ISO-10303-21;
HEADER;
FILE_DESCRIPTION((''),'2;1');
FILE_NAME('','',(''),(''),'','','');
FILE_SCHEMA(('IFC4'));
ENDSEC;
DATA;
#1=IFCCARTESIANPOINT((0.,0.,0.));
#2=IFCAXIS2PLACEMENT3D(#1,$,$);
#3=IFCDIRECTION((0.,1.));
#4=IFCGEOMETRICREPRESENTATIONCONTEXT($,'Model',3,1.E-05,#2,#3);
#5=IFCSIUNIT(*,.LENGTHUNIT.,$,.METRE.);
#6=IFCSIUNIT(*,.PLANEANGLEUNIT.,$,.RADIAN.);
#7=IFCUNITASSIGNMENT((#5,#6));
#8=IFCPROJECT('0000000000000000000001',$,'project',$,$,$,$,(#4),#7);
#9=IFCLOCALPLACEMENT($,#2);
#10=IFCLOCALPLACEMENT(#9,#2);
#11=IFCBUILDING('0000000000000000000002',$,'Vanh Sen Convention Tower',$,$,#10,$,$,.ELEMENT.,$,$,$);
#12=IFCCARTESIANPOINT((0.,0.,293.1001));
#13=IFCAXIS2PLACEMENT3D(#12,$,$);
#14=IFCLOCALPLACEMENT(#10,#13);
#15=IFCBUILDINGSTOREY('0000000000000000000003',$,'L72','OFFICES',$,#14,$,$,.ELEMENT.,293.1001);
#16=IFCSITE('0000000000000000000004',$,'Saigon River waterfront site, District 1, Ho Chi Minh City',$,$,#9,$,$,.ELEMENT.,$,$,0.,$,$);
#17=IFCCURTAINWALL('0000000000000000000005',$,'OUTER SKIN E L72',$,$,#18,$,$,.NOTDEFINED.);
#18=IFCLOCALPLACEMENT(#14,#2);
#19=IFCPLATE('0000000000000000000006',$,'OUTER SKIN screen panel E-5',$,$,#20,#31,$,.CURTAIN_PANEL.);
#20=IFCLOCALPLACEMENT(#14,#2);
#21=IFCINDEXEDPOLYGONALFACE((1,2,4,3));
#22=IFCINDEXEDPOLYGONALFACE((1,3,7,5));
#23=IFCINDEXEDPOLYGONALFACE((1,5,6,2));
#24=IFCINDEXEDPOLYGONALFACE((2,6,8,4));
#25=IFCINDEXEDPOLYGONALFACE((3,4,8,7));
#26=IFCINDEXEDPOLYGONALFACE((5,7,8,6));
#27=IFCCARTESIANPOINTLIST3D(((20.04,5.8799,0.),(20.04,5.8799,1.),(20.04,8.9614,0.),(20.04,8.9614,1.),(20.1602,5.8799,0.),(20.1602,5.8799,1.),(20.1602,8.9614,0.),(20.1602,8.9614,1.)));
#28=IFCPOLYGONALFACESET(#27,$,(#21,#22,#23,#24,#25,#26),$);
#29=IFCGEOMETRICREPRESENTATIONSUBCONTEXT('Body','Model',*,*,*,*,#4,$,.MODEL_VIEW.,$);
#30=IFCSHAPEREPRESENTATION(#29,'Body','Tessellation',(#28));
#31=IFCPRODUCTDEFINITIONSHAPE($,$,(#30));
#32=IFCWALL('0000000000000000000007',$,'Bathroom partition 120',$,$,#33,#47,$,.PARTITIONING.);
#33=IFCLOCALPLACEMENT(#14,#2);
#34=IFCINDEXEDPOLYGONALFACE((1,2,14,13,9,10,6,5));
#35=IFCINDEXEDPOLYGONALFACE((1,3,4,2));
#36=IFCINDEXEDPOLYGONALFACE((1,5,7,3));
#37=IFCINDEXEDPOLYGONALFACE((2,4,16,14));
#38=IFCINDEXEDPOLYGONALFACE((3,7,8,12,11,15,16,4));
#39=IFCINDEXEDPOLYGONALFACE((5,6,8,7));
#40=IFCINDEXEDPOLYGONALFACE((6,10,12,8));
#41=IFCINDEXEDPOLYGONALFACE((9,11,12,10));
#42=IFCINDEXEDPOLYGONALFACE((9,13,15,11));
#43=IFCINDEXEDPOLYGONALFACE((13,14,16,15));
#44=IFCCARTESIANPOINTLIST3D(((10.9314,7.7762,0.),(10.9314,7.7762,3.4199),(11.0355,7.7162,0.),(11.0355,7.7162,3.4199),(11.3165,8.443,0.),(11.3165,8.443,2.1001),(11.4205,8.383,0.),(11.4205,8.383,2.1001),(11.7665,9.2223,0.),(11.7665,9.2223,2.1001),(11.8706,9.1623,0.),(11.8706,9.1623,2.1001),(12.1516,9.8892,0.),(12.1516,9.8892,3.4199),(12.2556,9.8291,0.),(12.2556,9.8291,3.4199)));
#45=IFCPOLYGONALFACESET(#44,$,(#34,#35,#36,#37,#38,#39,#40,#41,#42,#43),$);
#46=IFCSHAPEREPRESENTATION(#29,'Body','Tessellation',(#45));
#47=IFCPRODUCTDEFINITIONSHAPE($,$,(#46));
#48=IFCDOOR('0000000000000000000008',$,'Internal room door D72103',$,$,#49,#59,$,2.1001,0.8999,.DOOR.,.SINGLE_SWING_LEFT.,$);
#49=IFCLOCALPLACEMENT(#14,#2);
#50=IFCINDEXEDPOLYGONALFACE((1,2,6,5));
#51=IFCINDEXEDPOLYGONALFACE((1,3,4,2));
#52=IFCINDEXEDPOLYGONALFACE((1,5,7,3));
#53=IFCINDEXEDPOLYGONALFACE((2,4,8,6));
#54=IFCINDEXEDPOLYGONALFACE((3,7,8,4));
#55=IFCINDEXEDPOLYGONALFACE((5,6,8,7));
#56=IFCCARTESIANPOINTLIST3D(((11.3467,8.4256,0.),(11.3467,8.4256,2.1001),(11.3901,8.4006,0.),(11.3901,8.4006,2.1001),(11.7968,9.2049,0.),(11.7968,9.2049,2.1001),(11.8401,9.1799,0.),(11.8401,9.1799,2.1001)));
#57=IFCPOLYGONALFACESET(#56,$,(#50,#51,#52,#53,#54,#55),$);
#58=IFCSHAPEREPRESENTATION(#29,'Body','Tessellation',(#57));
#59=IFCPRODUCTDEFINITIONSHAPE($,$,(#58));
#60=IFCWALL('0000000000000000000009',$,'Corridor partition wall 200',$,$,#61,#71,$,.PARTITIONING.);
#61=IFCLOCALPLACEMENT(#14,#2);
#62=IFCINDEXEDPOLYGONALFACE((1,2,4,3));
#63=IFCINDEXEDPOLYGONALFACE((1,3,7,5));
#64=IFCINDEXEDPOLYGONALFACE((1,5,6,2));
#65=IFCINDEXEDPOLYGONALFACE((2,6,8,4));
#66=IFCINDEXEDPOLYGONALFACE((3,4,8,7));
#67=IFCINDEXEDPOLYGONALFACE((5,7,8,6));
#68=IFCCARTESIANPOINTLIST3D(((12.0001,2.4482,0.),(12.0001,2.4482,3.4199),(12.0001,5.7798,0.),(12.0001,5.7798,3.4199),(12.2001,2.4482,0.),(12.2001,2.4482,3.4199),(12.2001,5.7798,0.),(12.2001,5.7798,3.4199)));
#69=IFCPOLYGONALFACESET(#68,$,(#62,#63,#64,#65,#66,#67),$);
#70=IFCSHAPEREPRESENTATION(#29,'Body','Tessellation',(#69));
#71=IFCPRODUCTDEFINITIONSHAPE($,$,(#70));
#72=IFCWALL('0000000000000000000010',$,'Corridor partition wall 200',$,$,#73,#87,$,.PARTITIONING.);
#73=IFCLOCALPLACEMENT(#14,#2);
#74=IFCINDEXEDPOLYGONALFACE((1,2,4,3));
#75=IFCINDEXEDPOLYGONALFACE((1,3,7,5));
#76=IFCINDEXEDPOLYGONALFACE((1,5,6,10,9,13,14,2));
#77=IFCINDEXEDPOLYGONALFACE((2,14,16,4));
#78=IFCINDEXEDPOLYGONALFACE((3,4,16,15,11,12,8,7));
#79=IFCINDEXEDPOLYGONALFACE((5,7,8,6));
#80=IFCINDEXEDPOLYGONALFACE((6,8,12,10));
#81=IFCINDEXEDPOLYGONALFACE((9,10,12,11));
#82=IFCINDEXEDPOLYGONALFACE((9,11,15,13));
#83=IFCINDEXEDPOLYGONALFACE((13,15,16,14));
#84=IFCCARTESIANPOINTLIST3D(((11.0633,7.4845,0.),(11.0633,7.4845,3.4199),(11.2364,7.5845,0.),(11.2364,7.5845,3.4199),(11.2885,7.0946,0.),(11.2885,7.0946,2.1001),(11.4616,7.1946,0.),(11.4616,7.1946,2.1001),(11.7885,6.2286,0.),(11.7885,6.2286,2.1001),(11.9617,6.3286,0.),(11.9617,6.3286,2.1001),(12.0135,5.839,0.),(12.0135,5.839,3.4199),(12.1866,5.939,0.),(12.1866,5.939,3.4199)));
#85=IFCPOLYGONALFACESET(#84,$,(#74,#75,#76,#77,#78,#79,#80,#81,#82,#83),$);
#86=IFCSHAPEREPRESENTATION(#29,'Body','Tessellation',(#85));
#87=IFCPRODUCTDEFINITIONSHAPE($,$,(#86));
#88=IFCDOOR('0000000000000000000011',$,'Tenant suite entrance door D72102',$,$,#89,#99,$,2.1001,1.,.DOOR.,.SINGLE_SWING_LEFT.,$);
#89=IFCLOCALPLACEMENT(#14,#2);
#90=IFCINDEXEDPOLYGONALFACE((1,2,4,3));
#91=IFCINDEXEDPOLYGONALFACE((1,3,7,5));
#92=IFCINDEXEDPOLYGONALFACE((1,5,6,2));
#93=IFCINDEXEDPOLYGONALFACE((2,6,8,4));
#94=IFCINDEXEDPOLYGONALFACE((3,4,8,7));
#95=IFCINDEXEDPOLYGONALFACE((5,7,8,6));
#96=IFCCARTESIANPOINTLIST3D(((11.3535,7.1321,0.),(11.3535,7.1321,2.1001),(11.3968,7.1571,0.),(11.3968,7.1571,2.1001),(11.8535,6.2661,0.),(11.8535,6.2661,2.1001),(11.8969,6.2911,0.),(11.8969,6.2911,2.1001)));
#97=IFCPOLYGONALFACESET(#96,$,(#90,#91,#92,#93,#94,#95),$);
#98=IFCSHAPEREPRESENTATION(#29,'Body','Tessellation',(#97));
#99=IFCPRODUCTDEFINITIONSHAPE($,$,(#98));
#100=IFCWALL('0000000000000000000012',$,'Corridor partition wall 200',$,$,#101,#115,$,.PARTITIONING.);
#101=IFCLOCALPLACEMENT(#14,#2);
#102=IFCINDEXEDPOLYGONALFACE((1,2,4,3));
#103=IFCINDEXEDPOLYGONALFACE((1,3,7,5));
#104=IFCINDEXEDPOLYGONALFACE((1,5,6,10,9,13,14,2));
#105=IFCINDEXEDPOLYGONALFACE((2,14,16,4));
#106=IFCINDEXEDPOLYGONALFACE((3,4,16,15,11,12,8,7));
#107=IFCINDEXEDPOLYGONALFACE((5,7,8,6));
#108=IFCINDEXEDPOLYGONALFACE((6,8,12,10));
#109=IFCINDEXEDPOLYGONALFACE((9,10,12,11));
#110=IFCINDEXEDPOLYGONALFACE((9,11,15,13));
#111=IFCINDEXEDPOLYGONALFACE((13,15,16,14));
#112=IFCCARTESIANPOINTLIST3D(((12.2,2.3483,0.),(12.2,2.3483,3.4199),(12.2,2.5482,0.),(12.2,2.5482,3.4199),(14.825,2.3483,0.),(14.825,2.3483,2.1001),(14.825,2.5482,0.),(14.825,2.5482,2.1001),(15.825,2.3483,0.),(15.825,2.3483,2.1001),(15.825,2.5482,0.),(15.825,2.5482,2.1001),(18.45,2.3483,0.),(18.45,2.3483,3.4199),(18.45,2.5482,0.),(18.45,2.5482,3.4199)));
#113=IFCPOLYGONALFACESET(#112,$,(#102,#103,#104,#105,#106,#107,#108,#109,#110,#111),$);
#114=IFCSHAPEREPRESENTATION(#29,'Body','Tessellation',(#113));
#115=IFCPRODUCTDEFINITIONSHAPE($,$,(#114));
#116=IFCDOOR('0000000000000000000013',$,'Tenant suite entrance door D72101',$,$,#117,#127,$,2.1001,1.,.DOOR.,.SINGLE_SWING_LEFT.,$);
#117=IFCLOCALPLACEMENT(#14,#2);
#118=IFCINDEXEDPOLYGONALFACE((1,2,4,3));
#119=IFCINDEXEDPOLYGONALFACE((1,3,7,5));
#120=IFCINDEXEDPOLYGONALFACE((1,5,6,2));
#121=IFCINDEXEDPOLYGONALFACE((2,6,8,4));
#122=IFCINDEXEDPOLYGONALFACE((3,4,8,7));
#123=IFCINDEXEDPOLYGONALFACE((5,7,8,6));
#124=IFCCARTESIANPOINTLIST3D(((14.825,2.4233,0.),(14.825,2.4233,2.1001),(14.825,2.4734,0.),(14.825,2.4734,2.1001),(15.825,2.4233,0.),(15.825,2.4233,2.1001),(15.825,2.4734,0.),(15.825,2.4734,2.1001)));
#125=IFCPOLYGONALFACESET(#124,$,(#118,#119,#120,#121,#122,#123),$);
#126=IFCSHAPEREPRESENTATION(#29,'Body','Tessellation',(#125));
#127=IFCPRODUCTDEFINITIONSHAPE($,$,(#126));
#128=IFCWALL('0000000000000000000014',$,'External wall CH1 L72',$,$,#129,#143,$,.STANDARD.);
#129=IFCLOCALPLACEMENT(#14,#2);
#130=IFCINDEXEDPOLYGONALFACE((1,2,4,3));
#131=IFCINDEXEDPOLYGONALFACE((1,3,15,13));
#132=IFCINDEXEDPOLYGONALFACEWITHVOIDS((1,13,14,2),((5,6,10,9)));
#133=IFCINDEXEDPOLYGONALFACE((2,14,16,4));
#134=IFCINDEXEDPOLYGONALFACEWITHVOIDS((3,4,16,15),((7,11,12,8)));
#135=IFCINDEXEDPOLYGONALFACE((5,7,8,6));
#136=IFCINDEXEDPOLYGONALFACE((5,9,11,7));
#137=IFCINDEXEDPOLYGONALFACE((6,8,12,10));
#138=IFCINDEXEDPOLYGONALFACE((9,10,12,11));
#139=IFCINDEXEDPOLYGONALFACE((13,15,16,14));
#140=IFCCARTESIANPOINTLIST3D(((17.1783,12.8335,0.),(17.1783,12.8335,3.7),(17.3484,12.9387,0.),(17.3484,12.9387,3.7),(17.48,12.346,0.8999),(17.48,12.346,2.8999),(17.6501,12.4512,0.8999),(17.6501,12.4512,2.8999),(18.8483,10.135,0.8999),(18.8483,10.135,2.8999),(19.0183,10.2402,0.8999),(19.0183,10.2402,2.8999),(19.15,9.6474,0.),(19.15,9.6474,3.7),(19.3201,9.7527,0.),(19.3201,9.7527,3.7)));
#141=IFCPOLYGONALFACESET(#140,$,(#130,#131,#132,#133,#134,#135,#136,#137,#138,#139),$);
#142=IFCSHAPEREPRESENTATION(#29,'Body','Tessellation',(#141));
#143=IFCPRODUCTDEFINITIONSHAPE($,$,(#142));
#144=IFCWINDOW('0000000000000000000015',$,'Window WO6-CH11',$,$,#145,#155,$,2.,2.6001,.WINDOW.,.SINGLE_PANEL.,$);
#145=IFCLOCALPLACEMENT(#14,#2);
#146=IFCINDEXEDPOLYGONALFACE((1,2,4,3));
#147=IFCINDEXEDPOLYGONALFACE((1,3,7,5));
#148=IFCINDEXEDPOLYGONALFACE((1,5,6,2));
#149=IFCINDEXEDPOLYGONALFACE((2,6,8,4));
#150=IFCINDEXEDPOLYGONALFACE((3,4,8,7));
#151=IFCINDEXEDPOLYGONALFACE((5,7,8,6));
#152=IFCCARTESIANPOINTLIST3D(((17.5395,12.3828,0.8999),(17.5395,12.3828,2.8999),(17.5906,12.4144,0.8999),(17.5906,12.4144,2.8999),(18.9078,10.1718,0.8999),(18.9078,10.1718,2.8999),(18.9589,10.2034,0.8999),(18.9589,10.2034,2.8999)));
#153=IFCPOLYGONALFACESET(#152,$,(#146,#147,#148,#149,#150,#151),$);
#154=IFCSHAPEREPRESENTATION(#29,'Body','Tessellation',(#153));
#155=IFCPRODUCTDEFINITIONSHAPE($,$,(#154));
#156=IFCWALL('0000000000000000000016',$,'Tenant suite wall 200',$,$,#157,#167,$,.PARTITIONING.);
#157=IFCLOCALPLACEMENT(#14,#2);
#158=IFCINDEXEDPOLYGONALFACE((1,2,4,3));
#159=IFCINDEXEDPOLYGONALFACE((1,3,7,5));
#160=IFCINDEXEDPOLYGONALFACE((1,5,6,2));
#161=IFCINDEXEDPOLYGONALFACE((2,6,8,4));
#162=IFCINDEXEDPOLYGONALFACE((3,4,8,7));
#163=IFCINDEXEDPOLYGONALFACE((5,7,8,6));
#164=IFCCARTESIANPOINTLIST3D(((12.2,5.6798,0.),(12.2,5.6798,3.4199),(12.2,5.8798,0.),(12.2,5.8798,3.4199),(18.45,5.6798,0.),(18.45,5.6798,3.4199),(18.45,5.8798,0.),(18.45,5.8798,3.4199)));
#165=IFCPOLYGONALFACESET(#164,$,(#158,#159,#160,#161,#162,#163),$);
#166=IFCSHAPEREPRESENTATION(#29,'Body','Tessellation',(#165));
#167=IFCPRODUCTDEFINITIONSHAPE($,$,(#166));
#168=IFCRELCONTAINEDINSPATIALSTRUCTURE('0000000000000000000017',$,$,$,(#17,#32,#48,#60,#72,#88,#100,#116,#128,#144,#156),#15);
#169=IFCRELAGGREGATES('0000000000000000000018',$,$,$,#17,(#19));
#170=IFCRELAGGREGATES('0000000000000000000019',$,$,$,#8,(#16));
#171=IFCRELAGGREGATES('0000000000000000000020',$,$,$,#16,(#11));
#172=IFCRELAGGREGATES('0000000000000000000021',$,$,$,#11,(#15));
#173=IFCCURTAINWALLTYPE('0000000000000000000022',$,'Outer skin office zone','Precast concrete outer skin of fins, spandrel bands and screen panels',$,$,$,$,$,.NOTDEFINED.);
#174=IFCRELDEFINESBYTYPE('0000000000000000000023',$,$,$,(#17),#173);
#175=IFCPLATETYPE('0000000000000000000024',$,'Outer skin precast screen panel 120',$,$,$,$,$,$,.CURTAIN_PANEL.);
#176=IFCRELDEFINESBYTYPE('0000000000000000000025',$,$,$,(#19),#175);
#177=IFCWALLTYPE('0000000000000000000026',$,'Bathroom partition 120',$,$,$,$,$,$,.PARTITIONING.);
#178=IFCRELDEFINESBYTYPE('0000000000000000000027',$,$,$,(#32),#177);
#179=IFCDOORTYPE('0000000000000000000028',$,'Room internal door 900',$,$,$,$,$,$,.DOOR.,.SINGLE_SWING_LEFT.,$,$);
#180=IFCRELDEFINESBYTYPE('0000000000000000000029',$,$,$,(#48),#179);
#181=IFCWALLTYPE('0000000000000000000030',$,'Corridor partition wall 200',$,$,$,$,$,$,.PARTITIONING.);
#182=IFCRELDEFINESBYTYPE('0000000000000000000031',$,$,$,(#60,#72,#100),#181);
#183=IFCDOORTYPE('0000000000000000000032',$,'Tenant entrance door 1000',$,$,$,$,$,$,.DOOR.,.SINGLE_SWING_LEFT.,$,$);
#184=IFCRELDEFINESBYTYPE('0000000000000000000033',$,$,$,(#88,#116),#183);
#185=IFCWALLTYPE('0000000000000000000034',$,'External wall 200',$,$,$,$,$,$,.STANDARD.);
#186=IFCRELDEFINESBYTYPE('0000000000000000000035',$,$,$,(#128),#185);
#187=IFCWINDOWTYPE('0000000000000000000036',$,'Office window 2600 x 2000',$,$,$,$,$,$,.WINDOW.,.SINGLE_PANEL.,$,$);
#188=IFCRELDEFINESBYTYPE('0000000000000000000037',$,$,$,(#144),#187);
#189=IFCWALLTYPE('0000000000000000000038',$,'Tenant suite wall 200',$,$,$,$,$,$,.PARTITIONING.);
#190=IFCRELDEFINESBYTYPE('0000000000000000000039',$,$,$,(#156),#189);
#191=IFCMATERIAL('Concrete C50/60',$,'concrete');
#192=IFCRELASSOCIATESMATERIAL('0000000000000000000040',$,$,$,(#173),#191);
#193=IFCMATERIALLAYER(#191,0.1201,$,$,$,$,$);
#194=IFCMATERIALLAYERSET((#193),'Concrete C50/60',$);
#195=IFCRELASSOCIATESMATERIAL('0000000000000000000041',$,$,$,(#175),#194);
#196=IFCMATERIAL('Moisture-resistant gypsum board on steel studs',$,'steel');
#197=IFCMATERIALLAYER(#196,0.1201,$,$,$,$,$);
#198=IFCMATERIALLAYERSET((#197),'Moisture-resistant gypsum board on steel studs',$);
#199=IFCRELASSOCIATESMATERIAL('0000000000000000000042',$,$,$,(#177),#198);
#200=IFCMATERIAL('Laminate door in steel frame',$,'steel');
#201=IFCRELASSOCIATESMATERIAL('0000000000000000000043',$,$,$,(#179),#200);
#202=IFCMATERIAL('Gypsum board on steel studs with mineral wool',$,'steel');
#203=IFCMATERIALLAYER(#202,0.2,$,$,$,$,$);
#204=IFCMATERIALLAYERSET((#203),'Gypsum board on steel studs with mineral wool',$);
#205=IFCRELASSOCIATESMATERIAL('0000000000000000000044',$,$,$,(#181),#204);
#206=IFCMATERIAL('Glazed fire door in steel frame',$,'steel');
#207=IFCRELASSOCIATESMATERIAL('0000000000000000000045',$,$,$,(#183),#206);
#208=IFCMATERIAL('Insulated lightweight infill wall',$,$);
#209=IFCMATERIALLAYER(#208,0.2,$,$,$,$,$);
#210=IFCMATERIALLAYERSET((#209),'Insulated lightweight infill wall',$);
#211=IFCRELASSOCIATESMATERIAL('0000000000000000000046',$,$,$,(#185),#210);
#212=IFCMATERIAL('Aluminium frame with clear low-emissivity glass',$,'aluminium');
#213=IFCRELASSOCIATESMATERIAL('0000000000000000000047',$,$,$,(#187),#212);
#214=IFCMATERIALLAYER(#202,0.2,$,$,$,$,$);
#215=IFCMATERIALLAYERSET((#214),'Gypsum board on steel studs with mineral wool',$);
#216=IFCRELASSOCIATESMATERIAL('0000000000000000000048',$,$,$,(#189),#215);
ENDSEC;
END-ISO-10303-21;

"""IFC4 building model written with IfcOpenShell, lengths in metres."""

from ifc_helpers import new_model, si_unit, direction, frame, frame_2d, origin, origin_2d, place, context, subcontext, project, spatial, rectangle, extrude, material, layer, layer_set, type_object, element, fill, aggregate, save


model = new_model("IFC4")

# Units and contexts
model_context = context("Model", 3, precision=1e-05, world=origin(), true_north=direction((0.0, 1.0)))
body_context = subcontext(model_context, "Body", "Model", "MODEL_VIEW")
ifc_project = project(units=[si_unit("LENGTHUNIT", "METRE"), si_unit("PLANEANGLEUNIT", "RADIAN")], contexts=[model_context])

# Site, building, storey
site_placement = place(None, origin())
site = spatial("IfcSite", under=ifc_project, at=site_placement, Name="Saigon River waterfront site, District 1, Ho Chi Minh City", CompositionType="ELEMENT", RefElevation=0.0)
building_placement = place(site_placement, origin())
building = spatial("IfcBuilding", under=site, at=building_placement, Name="Vanh Sen Convention Tower", CompositionType="ELEMENT")
storey_placement = place(building_placement, frame((0.0, 0.0, 293.1001)))
storey = spatial("IfcBuildingStorey", under=building, at=storey_placement, Name="L72", Description="OFFICES", CompositionType="ELEMENT", Elevation=293.1001)

# Curtain wall
ifc_material_1 = material(Name="Concrete C50/60", Category="concrete")
curtain_wall_type = type_object("IfcCurtainWallType", Name="Outer skin office zone", Description="Precast concrete outer skin of fins, spandrel bands and screen panels", PredefinedType="NOTDEFINED", material=ifc_material_1)
curtain_wall_1_placement = place(storey_placement, origin())
curtain_wall_1 = element("IfcCurtainWall", 1, at=curtain_wall_1_placement, inside=storey, type_object=curtain_wall_type, Name="OUTER SKIN E L72", PredefinedType="NOTDEFINED")

# Plate
ifc_layer_1 = layer(ifc_material_1, 0.1201)
ifc_layer_set_1 = layer_set([ifc_layer_1], Name="Concrete C50/60")
plate_type = type_object("IfcPlateType", Name="Outer skin precast screen panel 120", PredefinedType="CURTAIN_PANEL", material=ifc_layer_set_1)
plate_1_placement = place(storey_placement, frame((20.1001, 7.4207, 0.0), z_axis=(0.0, 0.0, 1.0), x_axis=(0.0, 1.0, 0.0)))
plate_1 = element("IfcPlate", 2, at=plate_1_placement, type_object=plate_type, Name="OUTER SKIN screen panel E-5", PredefinedType="CURTAIN_PANEL", context=body_context, shape_type="SweptSolid", body=[
    extrude(rectangle(XDim=3.0815, YDim=0.1201, at=origin_2d()), origin(), (0.0, 0.0, 1.0), 1.0),
])
aggregate(curtain_wall_1, [plate_1])

# Wall, opening, door
ifc_material_2 = material(Name="Moisture-resistant gypsum board on steel studs", Category="steel")
ifc_layer_2 = layer(ifc_material_2, 0.1201)
ifc_layer_set_2 = layer_set([ifc_layer_2], Name="Moisture-resistant gypsum board on steel studs")
wall_type_1 = type_object("IfcWallType", Name="Bathroom partition 120", PredefinedType="PARTITIONING", material=ifc_layer_set_2)
wall_1_placement = place(storey_placement, frame((12.2036, 9.8591, 0.0), z_axis=(0.0, 0.0, 1.0), x_axis=(-0.500078, -0.865981, 0.0)))
wall_1 = element("IfcWall", 3, at=wall_1_placement, inside=storey, type_object=wall_type_1, Name="Bathroom partition 120", PredefinedType="PARTITIONING", context=body_context, shape_type="SweptSolid", body=[
    extrude(rectangle(XDim=2.4399, YDim=0.1201, at=frame_2d((1.22, 0.0))), origin(), (0.0, 0.0, 1.0), 3.4199),
])
opening_1_placement = place(wall_1_placement, frame((0.77, 0.0, 0.0)))
opening_1 = element("IfcOpeningElement", 4, at=opening_1_placement, cuts=wall_1, PredefinedType="OPENING", context=body_context, shape_type="SweptSolid", body=[
    extrude(rectangle(XDim=0.8999, YDim=2.1001, at=frame_2d((0.45, 1.05))), frame((0.0, 0.0701, 0.0), z_axis=(0.0, -1.0, 0.0), x_axis=(1.0, 0.0, 0.0)), (0.0, 0.0, 1.0), 0.1401),
])
ifc_material_3 = material(Name="Laminate door in steel frame", Category="steel")
door_type_1 = type_object("IfcDoorType", Name="Room internal door 900", OperationType="SINGLE_SWING_LEFT", PredefinedType="DOOR", material=ifc_material_3)
door_1_placement = place(opening_1_placement, origin())
door_1 = element("IfcDoor", 5, at=door_1_placement, inside=storey, type_object=door_type_1, Name="Internal room door D72103", OperationType="SINGLE_SWING_LEFT", OverallHeight=2.1001, OverallWidth=0.8999, PredefinedType="DOOR", context=body_context, shape_type="SweptSolid", body=[
    extrude(rectangle(XDim=0.8999, YDim=2.1001, at=frame_2d((0.45, 1.05))), frame((0.0, 0.0249, 0.0), z_axis=(0.0, -1.0, 0.0), x_axis=(1.0, 0.0, 0.0)), (0.0, 0.0, 1.0), 0.05),
])
fill(opening_1, door_1)

# Wall
ifc_material_4 = material(Name="Gypsum board on steel studs with mineral wool", Category="steel")
ifc_layer_3 = layer(ifc_material_4, 0.2)
ifc_layer_set_3 = layer_set([ifc_layer_3], Name="Gypsum board on steel studs with mineral wool")
wall_type_2 = type_object("IfcWallType", Name="Corridor partition wall 200", PredefinedType="PARTITIONING", material=ifc_layer_set_3)
wall_2_placement = place(storey_placement, frame((12.1001, 2.4482, 0.0), z_axis=(0.0, 0.0, 1.0), x_axis=(0.0, 1.0, 0.0)))
element("IfcWall", 6, at=wall_2_placement, inside=storey, type_object=wall_type_2, Name="Corridor partition wall 200", PredefinedType="PARTITIONING", context=body_context, shape_type="SweptSolid", body=[
    extrude(rectangle(XDim=3.3315, YDim=0.2, at=frame_2d((1.6658, 0.0))), origin(), (0.0, 0.0, 1.0), 3.4199),
])

# Walls, openings, doors
wall_3_placement = place(storey_placement, frame((12.1001, 5.8889, 0.0), z_axis=(0.0, 0.0, 1.0), x_axis=(-0.500064, 0.865989, 0.0)))
wall_3 = element("IfcWall", 7, at=wall_3_placement, inside=storey, type_object=wall_type_2, Name="Corridor partition wall 200", PredefinedType="PARTITIONING", context=body_context, shape_type="SweptSolid", body=[
    extrude(rectangle(XDim=1.9001, YDim=0.2, at=frame_2d((0.9502, 0.0))), origin(), (0.0, 0.0, 1.0), 3.4199),
])
opening_2_placement = place(wall_3_placement, frame((0.45, 0.0, 0.0)))
opening_2 = element("IfcOpeningElement", 8, at=opening_2_placement, cuts=wall_3, PredefinedType="OPENING", context=body_context, shape_type="SweptSolid", body=[
    extrude(rectangle(XDim=1.0, YDim=2.1001, at=frame_2d((0.5, 1.05))), frame((0.0, 0.1099, 0.0), z_axis=(0.0, -1.0, 0.0), x_axis=(1.0, 0.0, 0.0)), (0.0, 0.0, 1.0), 0.22),
])
ifc_material_5 = material(Name="Glazed fire door in steel frame", Category="steel")
door_type_2 = type_object("IfcDoorType", Name="Tenant entrance door 1000", OperationType="SINGLE_SWING_LEFT", PredefinedType="DOOR", material=ifc_material_5)
door_2_placement = place(opening_2_placement, origin())
door_2 = element("IfcDoor", 9, at=door_2_placement, inside=storey, type_object=door_type_2, Name="Tenant suite entrance door D72102", OperationType="SINGLE_SWING_LEFT", OverallHeight=2.1001, OverallWidth=1.0, PredefinedType="DOOR", context=body_context, shape_type="SweptSolid", body=[
    extrude(rectangle(XDim=1.0, YDim=2.1001, at=frame_2d((0.5, 1.05))), frame((0.0, 0.0249, 0.0), z_axis=(0.0, -1.0, 0.0), x_axis=(1.0, 0.0, 0.0)), (0.0, 0.0, 1.0), 0.05),
])
fill(opening_2, door_2)
wall_4_placement = place(storey_placement, frame((18.45, 2.4482, 0.0), z_axis=(0.0, 0.0, 1.0), x_axis=(-1.0, 0.0, 0.0)))
wall_4 = element("IfcWall", 10, at=wall_4_placement, inside=storey, type_object=wall_type_2, Name="Corridor partition wall 200", PredefinedType="PARTITIONING", context=body_context, shape_type="SweptSolid", body=[
    extrude(rectangle(XDim=6.25, YDim=0.2, at=frame_2d((3.125, 0.0))), origin(), (0.0, 0.0, 1.0), 3.4199),
])
opening_3_placement = place(wall_4_placement, frame((2.625, 0.0, 0.0)))
opening_3 = element("IfcOpeningElement", 11, at=opening_3_placement, cuts=wall_4, PredefinedType="OPENING", context=body_context, shape_type="SweptSolid", body=[
    extrude(rectangle(XDim=1.0, YDim=2.1001, at=frame_2d((0.5, 1.05))), frame((0.0, 0.1099, 0.0), z_axis=(0.0, -1.0, 0.0), x_axis=(1.0, 0.0, 0.0)), (0.0, 0.0, 1.0), 0.22),
])
door_3_placement = place(opening_3_placement, origin())
door_3 = element("IfcDoor", 12, at=door_3_placement, inside=storey, type_object=door_type_2, Name="Tenant suite entrance door D72101", OperationType="SINGLE_SWING_LEFT", OverallHeight=2.1001, OverallWidth=1.0, PredefinedType="DOOR", context=body_context, shape_type="SweptSolid", body=[
    extrude(rectangle(XDim=1.0, YDim=2.1001, at=frame_2d((0.5, 1.05))), frame((0.0, 0.0249, 0.0), z_axis=(0.0, -1.0, 0.0), x_axis=(1.0, 0.0, 0.0)), (0.0, 0.0, 1.0), 0.05),
])
fill(opening_3, door_3)

# Wall, opening, window
ifc_material_6 = material(Name="Insulated lightweight infill wall")
ifc_layer_4 = layer(ifc_material_6, 0.2)
ifc_layer_set_4 = layer_set([ifc_layer_4], Name="Insulated lightweight infill wall")
wall_type_3 = type_object("IfcWallType", Name="External wall 200", PredefinedType="STANDARD", material=ifc_layer_set_4)
wall_5_placement = place(storey_placement, frame((19.2351, 9.7, 0.0), z_axis=(0.0, 0.0, 1.0), x_axis=(-0.526233, 0.85034, 0.0)))
wall_5 = element("IfcWall", 13, at=wall_5_placement, inside=storey, type_object=wall_type_3, Name="External wall CH1 L72", PredefinedType="STANDARD", context=body_context, shape_type="SweptSolid", body=[
    extrude(rectangle(XDim=3.7468, YDim=0.2, at=frame_2d((1.8735, 0.0))), origin(), (0.0, 0.0, 1.0), 3.7),
])
opening_4_placement = place(wall_5_placement, frame((0.5735, 0.0, 0.8999)))
opening_4 = element("IfcOpeningElement", 14, at=opening_4_placement, cuts=wall_5, PredefinedType="OPENING", context=body_context, shape_type="SweptSolid", body=[
    extrude(rectangle(XDim=2.6001, YDim=2.0, at=frame_2d((1.3, 1.0))), frame((0.0, 0.1099, 0.0), z_axis=(0.0, -1.0, 0.0), x_axis=(1.0, 0.0, 0.0)), (0.0, 0.0, 1.0), 0.22),
])
ifc_material_7 = material(Name="Aluminium frame with clear low-emissivity glass", Category="aluminium")
window_type = type_object("IfcWindowType", Name="Office window 2600 x 2000", PartitioningType="SINGLE_PANEL", PredefinedType="WINDOW", material=ifc_material_7)
window_placement = place(opening_4_placement, origin())
window = element("IfcWindow", 15, at=window_placement, inside=storey, type_object=window_type, Name="Window WO6-CH11", OverallHeight=2.0, OverallWidth=2.6001, PartitioningType="SINGLE_PANEL", PredefinedType="WINDOW", context=body_context, shape_type="SweptSolid", body=[
    extrude(rectangle(XDim=2.6001, YDim=2.0, at=frame_2d((1.3, 1.0))), frame((0.0, 0.03, 0.0), z_axis=(0.0, -1.0, 0.0), x_axis=(1.0, 0.0, 0.0)), (0.0, 0.0, 1.0), 0.0601),
])
fill(opening_4, window)

# Wall
ifc_layer_5 = layer(ifc_material_4, 0.2)
ifc_layer_set_5 = layer_set([ifc_layer_5], Name="Gypsum board on steel studs with mineral wool")
wall_type_4 = type_object("IfcWallType", Name="Tenant suite wall 200", PredefinedType="PARTITIONING", material=ifc_layer_set_5)
wall_6_placement = place(storey_placement, frame((18.45, 5.7798, 0.0), z_axis=(0.0, 0.0, 1.0), x_axis=(-1.0, 0.0, 0.0)))
element("IfcWall", 16, at=wall_6_placement, inside=storey, type_object=wall_type_4, Name="Tenant suite wall 200", PredefinedType="PARTITIONING", context=body_context, shape_type="SweptSolid", body=[
    extrude(rectangle(XDim=6.25, YDim=0.2, at=frame_2d((3.125, 0.0))), origin(), (0.0, 0.0, 1.0), 3.4199),
])

save(model, "model.ifc")
